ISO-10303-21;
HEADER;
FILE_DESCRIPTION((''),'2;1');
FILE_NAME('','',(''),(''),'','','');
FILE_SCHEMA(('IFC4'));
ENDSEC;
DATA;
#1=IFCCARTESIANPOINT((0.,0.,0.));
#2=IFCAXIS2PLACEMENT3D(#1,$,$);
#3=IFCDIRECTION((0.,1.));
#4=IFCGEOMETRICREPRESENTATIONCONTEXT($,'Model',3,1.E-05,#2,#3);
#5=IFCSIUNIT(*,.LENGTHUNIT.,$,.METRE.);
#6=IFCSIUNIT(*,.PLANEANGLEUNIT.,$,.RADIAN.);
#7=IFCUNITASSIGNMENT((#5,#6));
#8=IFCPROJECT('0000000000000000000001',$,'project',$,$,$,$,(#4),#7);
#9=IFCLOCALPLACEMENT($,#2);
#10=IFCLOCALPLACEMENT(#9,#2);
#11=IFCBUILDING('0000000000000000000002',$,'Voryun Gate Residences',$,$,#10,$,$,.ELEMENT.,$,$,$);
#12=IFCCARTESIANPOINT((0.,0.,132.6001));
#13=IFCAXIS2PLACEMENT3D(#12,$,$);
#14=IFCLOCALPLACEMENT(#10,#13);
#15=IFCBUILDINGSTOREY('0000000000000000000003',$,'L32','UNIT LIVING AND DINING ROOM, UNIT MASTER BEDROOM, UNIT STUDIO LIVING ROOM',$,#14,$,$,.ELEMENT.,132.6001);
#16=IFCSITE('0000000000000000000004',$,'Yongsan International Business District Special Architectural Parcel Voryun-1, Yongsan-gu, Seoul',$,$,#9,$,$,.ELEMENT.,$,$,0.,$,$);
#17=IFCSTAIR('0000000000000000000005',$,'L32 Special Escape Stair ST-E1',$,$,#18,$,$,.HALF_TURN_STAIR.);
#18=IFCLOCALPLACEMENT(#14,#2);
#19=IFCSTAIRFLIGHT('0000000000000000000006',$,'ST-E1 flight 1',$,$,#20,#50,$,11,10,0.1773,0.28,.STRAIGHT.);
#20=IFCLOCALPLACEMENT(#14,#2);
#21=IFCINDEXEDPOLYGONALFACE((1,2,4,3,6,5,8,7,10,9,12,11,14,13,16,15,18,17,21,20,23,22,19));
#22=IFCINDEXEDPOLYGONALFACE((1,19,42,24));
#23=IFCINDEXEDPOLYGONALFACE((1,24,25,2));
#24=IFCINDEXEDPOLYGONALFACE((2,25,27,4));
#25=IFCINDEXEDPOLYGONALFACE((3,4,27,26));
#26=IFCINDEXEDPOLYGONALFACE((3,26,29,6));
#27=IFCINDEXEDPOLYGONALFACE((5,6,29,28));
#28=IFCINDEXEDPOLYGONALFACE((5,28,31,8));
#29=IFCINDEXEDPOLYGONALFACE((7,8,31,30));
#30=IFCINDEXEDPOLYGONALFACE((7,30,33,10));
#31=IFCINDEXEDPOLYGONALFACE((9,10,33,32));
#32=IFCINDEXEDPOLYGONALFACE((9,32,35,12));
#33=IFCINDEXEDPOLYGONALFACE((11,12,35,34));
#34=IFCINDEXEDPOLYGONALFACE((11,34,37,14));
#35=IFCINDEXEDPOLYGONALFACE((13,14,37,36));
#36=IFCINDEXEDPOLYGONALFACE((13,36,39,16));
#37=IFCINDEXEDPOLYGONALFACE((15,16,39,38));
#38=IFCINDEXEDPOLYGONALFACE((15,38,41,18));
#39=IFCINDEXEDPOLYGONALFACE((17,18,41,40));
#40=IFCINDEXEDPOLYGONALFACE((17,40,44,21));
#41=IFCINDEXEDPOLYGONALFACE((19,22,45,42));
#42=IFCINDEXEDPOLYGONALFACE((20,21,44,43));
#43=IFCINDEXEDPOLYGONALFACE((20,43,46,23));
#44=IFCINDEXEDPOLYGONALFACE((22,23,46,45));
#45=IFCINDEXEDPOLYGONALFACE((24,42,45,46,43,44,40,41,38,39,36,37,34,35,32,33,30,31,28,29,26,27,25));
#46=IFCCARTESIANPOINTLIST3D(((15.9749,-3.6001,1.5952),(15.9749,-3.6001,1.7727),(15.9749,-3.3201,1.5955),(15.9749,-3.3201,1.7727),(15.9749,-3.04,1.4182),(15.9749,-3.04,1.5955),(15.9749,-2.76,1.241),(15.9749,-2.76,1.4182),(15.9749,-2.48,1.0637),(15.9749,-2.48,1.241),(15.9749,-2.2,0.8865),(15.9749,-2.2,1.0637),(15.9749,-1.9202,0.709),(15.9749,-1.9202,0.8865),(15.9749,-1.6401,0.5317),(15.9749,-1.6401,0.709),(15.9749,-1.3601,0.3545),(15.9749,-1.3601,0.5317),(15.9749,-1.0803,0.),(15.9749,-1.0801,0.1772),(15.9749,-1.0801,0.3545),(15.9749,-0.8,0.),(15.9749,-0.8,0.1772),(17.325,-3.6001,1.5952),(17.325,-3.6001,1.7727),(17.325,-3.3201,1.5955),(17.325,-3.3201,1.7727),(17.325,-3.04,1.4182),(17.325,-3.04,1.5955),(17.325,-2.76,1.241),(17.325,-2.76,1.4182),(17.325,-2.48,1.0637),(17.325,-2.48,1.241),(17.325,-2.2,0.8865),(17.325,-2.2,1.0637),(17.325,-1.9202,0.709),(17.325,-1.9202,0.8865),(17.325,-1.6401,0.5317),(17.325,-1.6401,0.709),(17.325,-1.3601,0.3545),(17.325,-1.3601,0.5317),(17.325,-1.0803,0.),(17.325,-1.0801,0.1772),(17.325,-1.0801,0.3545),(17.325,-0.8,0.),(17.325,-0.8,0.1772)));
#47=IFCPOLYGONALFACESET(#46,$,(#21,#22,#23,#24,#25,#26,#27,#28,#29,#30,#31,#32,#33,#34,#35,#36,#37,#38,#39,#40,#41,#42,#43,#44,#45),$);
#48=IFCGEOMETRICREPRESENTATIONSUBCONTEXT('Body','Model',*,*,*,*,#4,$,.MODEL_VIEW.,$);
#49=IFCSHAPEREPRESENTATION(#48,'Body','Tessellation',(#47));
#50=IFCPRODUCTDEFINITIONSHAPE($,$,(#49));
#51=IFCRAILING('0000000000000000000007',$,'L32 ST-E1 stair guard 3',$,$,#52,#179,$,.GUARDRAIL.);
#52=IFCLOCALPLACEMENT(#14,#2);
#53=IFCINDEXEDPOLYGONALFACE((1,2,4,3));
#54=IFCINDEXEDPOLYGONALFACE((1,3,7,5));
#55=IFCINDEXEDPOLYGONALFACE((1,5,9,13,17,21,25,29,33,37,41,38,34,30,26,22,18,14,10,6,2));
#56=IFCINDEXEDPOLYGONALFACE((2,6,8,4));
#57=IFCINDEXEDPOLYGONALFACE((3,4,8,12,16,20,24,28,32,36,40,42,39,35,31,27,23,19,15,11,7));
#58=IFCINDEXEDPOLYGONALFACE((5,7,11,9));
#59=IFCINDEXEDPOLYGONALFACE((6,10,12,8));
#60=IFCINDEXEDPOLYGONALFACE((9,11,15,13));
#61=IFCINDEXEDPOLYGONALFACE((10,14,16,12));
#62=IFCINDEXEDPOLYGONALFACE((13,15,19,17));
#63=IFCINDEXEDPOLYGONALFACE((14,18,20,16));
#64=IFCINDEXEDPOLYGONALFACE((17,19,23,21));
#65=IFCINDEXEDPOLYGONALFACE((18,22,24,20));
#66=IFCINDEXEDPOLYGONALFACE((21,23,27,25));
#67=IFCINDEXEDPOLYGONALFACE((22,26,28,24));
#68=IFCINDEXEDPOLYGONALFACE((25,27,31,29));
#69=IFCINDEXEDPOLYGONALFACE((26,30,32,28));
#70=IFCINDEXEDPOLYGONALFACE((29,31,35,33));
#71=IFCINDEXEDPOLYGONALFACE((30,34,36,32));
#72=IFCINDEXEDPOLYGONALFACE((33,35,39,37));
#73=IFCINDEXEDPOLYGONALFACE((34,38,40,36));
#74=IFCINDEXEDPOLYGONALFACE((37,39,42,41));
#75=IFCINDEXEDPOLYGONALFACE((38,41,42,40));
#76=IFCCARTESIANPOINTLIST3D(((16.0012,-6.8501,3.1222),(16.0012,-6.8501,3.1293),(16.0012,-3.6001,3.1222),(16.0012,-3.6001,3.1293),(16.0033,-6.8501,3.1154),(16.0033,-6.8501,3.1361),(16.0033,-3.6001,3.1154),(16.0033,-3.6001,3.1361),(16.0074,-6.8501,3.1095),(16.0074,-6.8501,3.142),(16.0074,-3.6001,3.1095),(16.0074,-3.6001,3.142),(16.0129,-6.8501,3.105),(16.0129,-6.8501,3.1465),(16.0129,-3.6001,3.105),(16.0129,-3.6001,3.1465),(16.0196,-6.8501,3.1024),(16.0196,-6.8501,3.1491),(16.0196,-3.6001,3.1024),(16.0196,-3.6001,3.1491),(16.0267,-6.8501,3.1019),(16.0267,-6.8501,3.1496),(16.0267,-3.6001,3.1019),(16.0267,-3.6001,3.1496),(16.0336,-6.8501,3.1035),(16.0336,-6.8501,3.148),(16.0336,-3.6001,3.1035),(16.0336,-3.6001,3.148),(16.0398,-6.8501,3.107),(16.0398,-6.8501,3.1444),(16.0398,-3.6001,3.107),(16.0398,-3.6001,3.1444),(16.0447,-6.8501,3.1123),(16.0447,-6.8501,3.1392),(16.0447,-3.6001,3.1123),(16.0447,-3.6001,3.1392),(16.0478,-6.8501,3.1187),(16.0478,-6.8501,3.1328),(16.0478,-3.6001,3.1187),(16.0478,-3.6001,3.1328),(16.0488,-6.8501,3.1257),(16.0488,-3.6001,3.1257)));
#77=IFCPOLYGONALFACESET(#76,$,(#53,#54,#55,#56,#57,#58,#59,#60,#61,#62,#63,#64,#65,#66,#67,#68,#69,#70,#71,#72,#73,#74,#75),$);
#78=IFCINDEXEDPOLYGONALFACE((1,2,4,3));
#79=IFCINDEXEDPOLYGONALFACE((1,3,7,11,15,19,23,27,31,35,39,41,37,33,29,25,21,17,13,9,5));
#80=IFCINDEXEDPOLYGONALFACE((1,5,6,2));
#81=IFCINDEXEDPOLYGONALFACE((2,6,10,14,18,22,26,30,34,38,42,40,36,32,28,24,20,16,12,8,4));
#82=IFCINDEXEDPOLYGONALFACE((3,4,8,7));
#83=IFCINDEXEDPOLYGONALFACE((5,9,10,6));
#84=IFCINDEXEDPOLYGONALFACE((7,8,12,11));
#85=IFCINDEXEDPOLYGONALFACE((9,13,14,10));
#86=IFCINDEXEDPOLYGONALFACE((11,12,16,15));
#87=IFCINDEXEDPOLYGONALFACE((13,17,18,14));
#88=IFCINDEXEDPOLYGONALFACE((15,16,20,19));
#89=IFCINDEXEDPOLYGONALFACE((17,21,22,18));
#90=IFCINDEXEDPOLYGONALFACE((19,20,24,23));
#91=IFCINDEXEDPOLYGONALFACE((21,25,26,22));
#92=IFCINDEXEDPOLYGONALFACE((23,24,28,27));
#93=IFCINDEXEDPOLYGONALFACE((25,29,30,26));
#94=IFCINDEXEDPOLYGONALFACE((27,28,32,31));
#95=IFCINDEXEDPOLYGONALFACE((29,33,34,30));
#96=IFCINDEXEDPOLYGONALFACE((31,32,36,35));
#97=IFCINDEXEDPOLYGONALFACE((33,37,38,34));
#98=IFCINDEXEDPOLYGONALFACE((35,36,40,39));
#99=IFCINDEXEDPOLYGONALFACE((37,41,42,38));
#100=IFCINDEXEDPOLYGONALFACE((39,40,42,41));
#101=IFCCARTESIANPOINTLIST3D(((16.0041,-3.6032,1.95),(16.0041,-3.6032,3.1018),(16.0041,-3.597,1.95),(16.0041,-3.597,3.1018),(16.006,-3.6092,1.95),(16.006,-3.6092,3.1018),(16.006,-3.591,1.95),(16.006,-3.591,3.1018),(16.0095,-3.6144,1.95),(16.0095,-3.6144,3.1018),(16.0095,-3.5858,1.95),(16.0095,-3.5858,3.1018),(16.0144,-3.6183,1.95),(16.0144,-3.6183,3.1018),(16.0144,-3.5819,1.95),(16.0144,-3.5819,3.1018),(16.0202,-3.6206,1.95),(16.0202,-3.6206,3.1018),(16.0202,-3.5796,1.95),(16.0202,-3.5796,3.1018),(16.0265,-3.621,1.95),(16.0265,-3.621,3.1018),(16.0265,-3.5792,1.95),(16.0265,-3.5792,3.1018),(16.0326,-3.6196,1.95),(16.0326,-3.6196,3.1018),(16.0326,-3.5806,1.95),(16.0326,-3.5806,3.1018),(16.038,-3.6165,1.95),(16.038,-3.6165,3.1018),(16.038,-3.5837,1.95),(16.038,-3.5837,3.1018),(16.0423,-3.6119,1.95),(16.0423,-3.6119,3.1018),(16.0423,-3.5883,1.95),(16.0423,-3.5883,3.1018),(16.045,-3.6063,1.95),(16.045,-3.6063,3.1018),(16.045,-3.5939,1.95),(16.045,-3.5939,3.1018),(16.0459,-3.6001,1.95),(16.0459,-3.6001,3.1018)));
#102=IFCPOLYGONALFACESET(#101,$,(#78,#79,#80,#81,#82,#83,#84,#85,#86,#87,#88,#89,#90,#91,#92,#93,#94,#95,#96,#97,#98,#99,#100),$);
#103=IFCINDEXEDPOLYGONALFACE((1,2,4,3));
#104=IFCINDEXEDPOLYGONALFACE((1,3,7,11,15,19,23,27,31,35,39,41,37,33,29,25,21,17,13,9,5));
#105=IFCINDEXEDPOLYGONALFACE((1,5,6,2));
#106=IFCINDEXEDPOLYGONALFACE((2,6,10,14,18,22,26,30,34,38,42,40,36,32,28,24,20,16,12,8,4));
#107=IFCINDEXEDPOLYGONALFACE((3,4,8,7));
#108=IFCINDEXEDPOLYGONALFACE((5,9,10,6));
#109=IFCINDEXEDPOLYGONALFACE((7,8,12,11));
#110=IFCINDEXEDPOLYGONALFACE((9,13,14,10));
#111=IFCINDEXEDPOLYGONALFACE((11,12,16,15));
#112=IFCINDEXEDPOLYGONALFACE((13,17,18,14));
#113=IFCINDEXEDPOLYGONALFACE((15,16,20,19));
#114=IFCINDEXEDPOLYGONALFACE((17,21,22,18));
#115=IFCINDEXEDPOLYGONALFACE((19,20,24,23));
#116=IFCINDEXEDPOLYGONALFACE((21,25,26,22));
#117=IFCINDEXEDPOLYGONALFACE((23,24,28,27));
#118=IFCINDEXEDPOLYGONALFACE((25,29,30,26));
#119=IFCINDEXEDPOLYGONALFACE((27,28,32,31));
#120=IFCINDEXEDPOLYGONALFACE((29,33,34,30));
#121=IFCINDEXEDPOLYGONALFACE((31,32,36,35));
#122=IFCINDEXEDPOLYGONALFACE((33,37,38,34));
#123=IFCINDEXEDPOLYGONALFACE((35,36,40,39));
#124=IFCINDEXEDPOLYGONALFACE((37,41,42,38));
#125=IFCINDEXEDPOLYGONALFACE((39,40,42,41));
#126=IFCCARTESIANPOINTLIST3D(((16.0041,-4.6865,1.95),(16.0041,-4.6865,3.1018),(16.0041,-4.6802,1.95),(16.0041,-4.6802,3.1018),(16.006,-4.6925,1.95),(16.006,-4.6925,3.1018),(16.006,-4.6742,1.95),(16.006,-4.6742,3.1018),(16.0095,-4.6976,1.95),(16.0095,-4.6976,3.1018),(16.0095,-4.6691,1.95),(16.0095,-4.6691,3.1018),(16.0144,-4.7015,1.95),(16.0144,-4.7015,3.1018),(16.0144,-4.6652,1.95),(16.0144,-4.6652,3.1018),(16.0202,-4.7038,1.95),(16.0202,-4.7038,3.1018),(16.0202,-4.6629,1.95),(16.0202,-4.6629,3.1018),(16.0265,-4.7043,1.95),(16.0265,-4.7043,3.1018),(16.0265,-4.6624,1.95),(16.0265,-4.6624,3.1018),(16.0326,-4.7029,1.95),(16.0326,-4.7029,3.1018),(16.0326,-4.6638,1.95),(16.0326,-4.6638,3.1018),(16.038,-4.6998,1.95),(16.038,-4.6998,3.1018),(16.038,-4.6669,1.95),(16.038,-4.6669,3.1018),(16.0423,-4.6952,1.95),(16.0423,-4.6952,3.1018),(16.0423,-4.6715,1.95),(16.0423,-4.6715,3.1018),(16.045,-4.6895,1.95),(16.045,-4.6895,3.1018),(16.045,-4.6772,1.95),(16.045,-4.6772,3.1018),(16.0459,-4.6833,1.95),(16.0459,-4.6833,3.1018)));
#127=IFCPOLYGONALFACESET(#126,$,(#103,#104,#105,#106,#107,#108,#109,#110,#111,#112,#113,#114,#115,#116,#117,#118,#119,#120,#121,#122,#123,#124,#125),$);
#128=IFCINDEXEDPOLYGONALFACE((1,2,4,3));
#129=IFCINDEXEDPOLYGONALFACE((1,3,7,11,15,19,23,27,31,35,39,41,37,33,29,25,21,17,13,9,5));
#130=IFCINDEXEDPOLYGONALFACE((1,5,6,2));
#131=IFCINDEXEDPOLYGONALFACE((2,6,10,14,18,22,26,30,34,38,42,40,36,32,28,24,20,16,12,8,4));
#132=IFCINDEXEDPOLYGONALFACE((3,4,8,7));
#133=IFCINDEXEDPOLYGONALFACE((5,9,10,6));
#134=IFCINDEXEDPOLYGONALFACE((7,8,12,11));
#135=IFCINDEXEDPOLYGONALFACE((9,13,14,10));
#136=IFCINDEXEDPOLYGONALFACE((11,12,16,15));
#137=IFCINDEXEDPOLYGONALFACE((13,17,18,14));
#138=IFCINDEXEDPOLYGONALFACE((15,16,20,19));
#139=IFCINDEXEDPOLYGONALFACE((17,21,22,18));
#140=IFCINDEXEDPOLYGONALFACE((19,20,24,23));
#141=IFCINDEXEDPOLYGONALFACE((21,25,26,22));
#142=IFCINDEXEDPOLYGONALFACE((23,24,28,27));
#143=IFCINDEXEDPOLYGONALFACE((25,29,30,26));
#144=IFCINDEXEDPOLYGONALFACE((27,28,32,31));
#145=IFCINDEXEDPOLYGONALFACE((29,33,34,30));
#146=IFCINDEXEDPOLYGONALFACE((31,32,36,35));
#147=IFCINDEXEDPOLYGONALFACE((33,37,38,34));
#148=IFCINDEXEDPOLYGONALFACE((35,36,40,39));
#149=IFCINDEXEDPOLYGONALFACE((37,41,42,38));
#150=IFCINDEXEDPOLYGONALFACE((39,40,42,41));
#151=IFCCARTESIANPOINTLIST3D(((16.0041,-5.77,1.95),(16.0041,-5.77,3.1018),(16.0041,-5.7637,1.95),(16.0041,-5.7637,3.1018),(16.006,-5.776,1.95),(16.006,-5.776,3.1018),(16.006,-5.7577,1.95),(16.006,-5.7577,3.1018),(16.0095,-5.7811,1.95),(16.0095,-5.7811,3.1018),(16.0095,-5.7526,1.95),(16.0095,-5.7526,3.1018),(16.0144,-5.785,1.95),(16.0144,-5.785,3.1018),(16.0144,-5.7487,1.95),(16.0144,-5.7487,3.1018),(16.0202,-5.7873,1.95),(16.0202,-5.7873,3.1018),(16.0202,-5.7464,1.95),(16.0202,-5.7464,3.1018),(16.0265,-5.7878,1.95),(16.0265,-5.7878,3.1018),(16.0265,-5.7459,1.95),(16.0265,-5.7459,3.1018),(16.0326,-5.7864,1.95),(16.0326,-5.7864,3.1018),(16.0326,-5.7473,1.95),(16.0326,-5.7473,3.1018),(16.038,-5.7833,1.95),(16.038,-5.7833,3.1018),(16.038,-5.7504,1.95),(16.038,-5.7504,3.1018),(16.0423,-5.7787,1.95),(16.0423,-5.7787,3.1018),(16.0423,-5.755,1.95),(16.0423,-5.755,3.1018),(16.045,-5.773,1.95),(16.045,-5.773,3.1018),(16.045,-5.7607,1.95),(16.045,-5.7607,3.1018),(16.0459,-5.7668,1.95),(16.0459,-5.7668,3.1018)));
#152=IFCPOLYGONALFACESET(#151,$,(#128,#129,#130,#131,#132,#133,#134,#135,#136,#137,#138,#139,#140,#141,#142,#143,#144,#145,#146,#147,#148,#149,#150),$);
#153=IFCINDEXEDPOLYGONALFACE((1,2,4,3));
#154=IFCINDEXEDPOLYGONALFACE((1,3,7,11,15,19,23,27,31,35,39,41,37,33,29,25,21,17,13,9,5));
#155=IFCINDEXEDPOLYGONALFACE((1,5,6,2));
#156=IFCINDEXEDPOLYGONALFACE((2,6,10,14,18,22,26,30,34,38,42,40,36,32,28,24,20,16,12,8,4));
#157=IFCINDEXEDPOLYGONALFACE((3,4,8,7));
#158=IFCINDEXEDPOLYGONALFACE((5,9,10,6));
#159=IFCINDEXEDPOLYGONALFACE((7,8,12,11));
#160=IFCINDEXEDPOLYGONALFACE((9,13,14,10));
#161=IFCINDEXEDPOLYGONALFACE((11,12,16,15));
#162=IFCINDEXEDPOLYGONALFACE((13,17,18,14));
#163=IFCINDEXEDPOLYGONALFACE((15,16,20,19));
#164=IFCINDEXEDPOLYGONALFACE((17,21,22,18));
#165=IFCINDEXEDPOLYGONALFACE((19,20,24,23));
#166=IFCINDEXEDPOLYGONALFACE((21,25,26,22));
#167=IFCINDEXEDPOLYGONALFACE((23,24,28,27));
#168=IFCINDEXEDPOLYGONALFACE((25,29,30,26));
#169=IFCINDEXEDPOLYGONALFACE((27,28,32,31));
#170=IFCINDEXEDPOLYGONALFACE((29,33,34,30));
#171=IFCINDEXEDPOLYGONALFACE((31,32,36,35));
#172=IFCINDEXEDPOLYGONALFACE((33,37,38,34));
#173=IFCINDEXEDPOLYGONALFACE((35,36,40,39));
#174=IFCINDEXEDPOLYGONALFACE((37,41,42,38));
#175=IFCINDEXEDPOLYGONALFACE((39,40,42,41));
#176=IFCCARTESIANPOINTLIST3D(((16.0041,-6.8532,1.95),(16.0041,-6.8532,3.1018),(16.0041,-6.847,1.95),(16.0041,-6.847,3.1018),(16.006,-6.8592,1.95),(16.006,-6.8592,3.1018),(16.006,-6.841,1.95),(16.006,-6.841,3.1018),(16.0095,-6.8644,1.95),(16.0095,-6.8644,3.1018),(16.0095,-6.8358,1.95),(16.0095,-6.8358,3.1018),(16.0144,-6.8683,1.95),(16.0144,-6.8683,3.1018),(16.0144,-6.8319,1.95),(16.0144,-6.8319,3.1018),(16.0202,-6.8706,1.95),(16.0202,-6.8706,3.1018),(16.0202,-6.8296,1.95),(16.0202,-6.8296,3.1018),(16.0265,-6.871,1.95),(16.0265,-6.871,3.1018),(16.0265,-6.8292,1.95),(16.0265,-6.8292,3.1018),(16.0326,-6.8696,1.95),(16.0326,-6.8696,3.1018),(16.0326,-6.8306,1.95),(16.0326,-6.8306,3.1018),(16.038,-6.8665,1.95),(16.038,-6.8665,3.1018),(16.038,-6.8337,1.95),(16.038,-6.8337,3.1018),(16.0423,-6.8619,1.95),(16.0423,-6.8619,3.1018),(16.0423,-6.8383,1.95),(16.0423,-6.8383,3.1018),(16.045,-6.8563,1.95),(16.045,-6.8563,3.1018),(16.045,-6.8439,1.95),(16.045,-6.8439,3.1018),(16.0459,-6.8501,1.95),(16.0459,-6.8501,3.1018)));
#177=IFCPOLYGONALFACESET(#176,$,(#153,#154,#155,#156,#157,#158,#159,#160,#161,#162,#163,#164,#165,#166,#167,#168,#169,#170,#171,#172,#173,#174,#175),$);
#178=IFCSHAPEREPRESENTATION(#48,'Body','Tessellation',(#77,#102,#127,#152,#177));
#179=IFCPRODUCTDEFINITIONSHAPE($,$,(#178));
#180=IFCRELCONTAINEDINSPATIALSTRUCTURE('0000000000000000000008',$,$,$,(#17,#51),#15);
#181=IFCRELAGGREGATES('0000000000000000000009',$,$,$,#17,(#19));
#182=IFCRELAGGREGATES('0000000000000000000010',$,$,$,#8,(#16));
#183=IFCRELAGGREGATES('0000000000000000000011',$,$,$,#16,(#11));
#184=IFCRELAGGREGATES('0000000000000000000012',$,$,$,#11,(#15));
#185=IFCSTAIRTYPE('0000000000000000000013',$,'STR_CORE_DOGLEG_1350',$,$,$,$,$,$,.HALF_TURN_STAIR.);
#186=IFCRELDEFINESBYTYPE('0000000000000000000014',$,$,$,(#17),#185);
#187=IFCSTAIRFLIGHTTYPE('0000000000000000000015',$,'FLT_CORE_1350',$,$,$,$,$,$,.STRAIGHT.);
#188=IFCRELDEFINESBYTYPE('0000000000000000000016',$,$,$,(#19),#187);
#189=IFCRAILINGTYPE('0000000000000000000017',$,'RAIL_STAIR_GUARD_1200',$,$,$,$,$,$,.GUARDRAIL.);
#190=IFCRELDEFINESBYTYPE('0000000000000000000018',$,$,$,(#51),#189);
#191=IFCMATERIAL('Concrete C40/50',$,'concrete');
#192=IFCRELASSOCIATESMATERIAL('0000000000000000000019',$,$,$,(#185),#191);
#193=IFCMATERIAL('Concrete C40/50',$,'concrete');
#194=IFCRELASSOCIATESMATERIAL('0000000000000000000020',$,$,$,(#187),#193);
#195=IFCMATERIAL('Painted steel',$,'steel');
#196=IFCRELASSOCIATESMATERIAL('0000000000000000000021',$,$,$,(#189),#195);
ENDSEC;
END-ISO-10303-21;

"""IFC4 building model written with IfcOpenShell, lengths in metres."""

from ifc_helpers import new_model, si_unit, direction, frame, origin, origin_2d, place, context, subcontext, project, spatial, polyline, circle, outline, extrude, material, type_object, element, aggregate, save


model = new_model("IFC4")

# Units and contexts
model_context = context("Model", 3, precision=1e-05, world=origin(), true_north=direction((0.0, 1.0)))
body_context = subcontext(model_context, "Body", "Model", "MODEL_VIEW")
ifc_project = project(units=[si_unit("LENGTHUNIT", "METRE"), si_unit("PLANEANGLEUNIT", "RADIAN")], contexts=[model_context])

# Site, building, storey
site_placement = place(None, origin())
site = spatial("IfcSite", under=ifc_project, at=site_placement, Name="Yongsan International Business District Special Architectural Parcel Voryun-1, Yongsan-gu, Seoul", CompositionType="ELEMENT", RefElevation=0.0)
building_placement = place(site_placement, origin())
building = spatial("IfcBuilding", under=site, at=building_placement, Name="Voryun Gate Residences", CompositionType="ELEMENT")
storey_placement = place(building_placement, frame((0.0, 0.0, 132.6001)))
storey = spatial("IfcBuildingStorey", under=building, at=storey_placement, Name="L32", Description="UNIT LIVING AND DINING ROOM, UNIT MASTER BEDROOM, UNIT STUDIO LIVING ROOM", CompositionType="ELEMENT", Elevation=132.6001)

# Stair, stair flight
ifc_material_1 = material(Name="Concrete C40/50", Category="concrete")
stair_type = type_object("IfcStairType", Name="STR_CORE_DOGLEG_1350", PredefinedType="HALF_TURN_STAIR", material=ifc_material_1)
stair_placement = place(storey_placement, origin())
stair = element("IfcStair", 1, at=stair_placement, inside=storey, type_object=stair_type, Name="L32 Special Escape Stair ST-E1", PredefinedType="HALF_TURN_STAIR")
ifc_material_2 = material(Name="Concrete C40/50", Category="concrete")
stair_flight_type = type_object("IfcStairFlightType", Name="FLT_CORE_1350", PredefinedType="STRAIGHT", material=ifc_material_2)
stair_flight_placement = place(storey_placement, frame((16.6499, -0.8, 0.0), z_axis=(0.0, 0.0, 1.0), x_axis=(0.0, -1.0, 0.0)))
stair_flight = element("IfcStairFlight", 2, at=stair_flight_placement, type_object=stair_flight_type, Name="ST-E1 flight 1", NumberOfRisers=11, NumberOfTreads=10, PredefinedType="STRAIGHT", RiserHeight=0.1773, TreadLength=0.28, context=body_context, shape_type="SweptSolid", body=[
    extrude(outline(polyline([(0.0, 0.0), (0.0, 0.1772), (0.28, 0.1772), (0.28, 0.3545), (0.5601, 0.3545), (0.5601, 0.5317), (0.8401, 0.5317), (0.8401, 0.709), (1.1201, 0.709), (1.1201, 0.8865), (1.3999, 0.8865), (1.3999, 1.0637), (1.6799, 1.0637), (1.6799, 1.241), (1.96, 1.241), (1.96, 1.4182), (2.24, 1.4182), (2.24, 1.5955), (2.52, 1.5955), (2.52, 1.7727), (2.8, 1.7727), (2.8, 1.95), (2.8, 1.5952), (0.2803, 0.0), (0.0, 0.0)])), frame((0.0, 0.675, 0.0), z_axis=(0.0, -1.0, 0.0), x_axis=(1.0, 0.0, 0.0)), (0.0, 0.0, 1.0), 1.3501),
])
aggregate(stair, [stair_flight])

# Railing
ifc_material_3 = material(Name="Painted steel", Category="steel")
railing_type_1 = type_object("IfcRailingType", Name="RAIL_STAIR_GUARD_1200", PredefinedType="GUARDRAIL", material=ifc_material_3)
railing_1_placement = place(storey_placement, frame((16.0249, -3.6001, 1.95)))
element("IfcRailing", 3, at=railing_1_placement, inside=storey, type_object=railing_type_1, Name="L32 ST-E1 stair guard 3", PredefinedType="GUARDRAIL", context=body_context, shape_type="SweptSolid", body=[
    extrude(circle(Radius=0.0239, at=origin_2d()), frame((0.0, 0.0, 1.1758), z_axis=(0.0, -1.0, 0.0), x_axis=(1.0, 0.0, 0.0)), (0.0, 0.0, 1.0), 3.25),
    extrude(circle(Radius=0.021, at=origin_2d()), origin(), (0.0, 0.0, 1.0), 1.1519),
    extrude(circle(Radius=0.021, at=origin_2d()), frame((0.0, -1.0833, 0.0)), (0.0, 0.0, 1.0), 1.1519),
    extrude(circle(Radius=0.021, at=origin_2d()), frame((0.0, -2.1667, 0.0)), (0.0, 0.0, 1.0), 1.1519),
    extrude(circle(Radius=0.021, at=origin_2d()), frame((0.0, -3.25, 0.0)), (0.0, 0.0, 1.0), 1.1519),
])

save(model, "model.ifc")
